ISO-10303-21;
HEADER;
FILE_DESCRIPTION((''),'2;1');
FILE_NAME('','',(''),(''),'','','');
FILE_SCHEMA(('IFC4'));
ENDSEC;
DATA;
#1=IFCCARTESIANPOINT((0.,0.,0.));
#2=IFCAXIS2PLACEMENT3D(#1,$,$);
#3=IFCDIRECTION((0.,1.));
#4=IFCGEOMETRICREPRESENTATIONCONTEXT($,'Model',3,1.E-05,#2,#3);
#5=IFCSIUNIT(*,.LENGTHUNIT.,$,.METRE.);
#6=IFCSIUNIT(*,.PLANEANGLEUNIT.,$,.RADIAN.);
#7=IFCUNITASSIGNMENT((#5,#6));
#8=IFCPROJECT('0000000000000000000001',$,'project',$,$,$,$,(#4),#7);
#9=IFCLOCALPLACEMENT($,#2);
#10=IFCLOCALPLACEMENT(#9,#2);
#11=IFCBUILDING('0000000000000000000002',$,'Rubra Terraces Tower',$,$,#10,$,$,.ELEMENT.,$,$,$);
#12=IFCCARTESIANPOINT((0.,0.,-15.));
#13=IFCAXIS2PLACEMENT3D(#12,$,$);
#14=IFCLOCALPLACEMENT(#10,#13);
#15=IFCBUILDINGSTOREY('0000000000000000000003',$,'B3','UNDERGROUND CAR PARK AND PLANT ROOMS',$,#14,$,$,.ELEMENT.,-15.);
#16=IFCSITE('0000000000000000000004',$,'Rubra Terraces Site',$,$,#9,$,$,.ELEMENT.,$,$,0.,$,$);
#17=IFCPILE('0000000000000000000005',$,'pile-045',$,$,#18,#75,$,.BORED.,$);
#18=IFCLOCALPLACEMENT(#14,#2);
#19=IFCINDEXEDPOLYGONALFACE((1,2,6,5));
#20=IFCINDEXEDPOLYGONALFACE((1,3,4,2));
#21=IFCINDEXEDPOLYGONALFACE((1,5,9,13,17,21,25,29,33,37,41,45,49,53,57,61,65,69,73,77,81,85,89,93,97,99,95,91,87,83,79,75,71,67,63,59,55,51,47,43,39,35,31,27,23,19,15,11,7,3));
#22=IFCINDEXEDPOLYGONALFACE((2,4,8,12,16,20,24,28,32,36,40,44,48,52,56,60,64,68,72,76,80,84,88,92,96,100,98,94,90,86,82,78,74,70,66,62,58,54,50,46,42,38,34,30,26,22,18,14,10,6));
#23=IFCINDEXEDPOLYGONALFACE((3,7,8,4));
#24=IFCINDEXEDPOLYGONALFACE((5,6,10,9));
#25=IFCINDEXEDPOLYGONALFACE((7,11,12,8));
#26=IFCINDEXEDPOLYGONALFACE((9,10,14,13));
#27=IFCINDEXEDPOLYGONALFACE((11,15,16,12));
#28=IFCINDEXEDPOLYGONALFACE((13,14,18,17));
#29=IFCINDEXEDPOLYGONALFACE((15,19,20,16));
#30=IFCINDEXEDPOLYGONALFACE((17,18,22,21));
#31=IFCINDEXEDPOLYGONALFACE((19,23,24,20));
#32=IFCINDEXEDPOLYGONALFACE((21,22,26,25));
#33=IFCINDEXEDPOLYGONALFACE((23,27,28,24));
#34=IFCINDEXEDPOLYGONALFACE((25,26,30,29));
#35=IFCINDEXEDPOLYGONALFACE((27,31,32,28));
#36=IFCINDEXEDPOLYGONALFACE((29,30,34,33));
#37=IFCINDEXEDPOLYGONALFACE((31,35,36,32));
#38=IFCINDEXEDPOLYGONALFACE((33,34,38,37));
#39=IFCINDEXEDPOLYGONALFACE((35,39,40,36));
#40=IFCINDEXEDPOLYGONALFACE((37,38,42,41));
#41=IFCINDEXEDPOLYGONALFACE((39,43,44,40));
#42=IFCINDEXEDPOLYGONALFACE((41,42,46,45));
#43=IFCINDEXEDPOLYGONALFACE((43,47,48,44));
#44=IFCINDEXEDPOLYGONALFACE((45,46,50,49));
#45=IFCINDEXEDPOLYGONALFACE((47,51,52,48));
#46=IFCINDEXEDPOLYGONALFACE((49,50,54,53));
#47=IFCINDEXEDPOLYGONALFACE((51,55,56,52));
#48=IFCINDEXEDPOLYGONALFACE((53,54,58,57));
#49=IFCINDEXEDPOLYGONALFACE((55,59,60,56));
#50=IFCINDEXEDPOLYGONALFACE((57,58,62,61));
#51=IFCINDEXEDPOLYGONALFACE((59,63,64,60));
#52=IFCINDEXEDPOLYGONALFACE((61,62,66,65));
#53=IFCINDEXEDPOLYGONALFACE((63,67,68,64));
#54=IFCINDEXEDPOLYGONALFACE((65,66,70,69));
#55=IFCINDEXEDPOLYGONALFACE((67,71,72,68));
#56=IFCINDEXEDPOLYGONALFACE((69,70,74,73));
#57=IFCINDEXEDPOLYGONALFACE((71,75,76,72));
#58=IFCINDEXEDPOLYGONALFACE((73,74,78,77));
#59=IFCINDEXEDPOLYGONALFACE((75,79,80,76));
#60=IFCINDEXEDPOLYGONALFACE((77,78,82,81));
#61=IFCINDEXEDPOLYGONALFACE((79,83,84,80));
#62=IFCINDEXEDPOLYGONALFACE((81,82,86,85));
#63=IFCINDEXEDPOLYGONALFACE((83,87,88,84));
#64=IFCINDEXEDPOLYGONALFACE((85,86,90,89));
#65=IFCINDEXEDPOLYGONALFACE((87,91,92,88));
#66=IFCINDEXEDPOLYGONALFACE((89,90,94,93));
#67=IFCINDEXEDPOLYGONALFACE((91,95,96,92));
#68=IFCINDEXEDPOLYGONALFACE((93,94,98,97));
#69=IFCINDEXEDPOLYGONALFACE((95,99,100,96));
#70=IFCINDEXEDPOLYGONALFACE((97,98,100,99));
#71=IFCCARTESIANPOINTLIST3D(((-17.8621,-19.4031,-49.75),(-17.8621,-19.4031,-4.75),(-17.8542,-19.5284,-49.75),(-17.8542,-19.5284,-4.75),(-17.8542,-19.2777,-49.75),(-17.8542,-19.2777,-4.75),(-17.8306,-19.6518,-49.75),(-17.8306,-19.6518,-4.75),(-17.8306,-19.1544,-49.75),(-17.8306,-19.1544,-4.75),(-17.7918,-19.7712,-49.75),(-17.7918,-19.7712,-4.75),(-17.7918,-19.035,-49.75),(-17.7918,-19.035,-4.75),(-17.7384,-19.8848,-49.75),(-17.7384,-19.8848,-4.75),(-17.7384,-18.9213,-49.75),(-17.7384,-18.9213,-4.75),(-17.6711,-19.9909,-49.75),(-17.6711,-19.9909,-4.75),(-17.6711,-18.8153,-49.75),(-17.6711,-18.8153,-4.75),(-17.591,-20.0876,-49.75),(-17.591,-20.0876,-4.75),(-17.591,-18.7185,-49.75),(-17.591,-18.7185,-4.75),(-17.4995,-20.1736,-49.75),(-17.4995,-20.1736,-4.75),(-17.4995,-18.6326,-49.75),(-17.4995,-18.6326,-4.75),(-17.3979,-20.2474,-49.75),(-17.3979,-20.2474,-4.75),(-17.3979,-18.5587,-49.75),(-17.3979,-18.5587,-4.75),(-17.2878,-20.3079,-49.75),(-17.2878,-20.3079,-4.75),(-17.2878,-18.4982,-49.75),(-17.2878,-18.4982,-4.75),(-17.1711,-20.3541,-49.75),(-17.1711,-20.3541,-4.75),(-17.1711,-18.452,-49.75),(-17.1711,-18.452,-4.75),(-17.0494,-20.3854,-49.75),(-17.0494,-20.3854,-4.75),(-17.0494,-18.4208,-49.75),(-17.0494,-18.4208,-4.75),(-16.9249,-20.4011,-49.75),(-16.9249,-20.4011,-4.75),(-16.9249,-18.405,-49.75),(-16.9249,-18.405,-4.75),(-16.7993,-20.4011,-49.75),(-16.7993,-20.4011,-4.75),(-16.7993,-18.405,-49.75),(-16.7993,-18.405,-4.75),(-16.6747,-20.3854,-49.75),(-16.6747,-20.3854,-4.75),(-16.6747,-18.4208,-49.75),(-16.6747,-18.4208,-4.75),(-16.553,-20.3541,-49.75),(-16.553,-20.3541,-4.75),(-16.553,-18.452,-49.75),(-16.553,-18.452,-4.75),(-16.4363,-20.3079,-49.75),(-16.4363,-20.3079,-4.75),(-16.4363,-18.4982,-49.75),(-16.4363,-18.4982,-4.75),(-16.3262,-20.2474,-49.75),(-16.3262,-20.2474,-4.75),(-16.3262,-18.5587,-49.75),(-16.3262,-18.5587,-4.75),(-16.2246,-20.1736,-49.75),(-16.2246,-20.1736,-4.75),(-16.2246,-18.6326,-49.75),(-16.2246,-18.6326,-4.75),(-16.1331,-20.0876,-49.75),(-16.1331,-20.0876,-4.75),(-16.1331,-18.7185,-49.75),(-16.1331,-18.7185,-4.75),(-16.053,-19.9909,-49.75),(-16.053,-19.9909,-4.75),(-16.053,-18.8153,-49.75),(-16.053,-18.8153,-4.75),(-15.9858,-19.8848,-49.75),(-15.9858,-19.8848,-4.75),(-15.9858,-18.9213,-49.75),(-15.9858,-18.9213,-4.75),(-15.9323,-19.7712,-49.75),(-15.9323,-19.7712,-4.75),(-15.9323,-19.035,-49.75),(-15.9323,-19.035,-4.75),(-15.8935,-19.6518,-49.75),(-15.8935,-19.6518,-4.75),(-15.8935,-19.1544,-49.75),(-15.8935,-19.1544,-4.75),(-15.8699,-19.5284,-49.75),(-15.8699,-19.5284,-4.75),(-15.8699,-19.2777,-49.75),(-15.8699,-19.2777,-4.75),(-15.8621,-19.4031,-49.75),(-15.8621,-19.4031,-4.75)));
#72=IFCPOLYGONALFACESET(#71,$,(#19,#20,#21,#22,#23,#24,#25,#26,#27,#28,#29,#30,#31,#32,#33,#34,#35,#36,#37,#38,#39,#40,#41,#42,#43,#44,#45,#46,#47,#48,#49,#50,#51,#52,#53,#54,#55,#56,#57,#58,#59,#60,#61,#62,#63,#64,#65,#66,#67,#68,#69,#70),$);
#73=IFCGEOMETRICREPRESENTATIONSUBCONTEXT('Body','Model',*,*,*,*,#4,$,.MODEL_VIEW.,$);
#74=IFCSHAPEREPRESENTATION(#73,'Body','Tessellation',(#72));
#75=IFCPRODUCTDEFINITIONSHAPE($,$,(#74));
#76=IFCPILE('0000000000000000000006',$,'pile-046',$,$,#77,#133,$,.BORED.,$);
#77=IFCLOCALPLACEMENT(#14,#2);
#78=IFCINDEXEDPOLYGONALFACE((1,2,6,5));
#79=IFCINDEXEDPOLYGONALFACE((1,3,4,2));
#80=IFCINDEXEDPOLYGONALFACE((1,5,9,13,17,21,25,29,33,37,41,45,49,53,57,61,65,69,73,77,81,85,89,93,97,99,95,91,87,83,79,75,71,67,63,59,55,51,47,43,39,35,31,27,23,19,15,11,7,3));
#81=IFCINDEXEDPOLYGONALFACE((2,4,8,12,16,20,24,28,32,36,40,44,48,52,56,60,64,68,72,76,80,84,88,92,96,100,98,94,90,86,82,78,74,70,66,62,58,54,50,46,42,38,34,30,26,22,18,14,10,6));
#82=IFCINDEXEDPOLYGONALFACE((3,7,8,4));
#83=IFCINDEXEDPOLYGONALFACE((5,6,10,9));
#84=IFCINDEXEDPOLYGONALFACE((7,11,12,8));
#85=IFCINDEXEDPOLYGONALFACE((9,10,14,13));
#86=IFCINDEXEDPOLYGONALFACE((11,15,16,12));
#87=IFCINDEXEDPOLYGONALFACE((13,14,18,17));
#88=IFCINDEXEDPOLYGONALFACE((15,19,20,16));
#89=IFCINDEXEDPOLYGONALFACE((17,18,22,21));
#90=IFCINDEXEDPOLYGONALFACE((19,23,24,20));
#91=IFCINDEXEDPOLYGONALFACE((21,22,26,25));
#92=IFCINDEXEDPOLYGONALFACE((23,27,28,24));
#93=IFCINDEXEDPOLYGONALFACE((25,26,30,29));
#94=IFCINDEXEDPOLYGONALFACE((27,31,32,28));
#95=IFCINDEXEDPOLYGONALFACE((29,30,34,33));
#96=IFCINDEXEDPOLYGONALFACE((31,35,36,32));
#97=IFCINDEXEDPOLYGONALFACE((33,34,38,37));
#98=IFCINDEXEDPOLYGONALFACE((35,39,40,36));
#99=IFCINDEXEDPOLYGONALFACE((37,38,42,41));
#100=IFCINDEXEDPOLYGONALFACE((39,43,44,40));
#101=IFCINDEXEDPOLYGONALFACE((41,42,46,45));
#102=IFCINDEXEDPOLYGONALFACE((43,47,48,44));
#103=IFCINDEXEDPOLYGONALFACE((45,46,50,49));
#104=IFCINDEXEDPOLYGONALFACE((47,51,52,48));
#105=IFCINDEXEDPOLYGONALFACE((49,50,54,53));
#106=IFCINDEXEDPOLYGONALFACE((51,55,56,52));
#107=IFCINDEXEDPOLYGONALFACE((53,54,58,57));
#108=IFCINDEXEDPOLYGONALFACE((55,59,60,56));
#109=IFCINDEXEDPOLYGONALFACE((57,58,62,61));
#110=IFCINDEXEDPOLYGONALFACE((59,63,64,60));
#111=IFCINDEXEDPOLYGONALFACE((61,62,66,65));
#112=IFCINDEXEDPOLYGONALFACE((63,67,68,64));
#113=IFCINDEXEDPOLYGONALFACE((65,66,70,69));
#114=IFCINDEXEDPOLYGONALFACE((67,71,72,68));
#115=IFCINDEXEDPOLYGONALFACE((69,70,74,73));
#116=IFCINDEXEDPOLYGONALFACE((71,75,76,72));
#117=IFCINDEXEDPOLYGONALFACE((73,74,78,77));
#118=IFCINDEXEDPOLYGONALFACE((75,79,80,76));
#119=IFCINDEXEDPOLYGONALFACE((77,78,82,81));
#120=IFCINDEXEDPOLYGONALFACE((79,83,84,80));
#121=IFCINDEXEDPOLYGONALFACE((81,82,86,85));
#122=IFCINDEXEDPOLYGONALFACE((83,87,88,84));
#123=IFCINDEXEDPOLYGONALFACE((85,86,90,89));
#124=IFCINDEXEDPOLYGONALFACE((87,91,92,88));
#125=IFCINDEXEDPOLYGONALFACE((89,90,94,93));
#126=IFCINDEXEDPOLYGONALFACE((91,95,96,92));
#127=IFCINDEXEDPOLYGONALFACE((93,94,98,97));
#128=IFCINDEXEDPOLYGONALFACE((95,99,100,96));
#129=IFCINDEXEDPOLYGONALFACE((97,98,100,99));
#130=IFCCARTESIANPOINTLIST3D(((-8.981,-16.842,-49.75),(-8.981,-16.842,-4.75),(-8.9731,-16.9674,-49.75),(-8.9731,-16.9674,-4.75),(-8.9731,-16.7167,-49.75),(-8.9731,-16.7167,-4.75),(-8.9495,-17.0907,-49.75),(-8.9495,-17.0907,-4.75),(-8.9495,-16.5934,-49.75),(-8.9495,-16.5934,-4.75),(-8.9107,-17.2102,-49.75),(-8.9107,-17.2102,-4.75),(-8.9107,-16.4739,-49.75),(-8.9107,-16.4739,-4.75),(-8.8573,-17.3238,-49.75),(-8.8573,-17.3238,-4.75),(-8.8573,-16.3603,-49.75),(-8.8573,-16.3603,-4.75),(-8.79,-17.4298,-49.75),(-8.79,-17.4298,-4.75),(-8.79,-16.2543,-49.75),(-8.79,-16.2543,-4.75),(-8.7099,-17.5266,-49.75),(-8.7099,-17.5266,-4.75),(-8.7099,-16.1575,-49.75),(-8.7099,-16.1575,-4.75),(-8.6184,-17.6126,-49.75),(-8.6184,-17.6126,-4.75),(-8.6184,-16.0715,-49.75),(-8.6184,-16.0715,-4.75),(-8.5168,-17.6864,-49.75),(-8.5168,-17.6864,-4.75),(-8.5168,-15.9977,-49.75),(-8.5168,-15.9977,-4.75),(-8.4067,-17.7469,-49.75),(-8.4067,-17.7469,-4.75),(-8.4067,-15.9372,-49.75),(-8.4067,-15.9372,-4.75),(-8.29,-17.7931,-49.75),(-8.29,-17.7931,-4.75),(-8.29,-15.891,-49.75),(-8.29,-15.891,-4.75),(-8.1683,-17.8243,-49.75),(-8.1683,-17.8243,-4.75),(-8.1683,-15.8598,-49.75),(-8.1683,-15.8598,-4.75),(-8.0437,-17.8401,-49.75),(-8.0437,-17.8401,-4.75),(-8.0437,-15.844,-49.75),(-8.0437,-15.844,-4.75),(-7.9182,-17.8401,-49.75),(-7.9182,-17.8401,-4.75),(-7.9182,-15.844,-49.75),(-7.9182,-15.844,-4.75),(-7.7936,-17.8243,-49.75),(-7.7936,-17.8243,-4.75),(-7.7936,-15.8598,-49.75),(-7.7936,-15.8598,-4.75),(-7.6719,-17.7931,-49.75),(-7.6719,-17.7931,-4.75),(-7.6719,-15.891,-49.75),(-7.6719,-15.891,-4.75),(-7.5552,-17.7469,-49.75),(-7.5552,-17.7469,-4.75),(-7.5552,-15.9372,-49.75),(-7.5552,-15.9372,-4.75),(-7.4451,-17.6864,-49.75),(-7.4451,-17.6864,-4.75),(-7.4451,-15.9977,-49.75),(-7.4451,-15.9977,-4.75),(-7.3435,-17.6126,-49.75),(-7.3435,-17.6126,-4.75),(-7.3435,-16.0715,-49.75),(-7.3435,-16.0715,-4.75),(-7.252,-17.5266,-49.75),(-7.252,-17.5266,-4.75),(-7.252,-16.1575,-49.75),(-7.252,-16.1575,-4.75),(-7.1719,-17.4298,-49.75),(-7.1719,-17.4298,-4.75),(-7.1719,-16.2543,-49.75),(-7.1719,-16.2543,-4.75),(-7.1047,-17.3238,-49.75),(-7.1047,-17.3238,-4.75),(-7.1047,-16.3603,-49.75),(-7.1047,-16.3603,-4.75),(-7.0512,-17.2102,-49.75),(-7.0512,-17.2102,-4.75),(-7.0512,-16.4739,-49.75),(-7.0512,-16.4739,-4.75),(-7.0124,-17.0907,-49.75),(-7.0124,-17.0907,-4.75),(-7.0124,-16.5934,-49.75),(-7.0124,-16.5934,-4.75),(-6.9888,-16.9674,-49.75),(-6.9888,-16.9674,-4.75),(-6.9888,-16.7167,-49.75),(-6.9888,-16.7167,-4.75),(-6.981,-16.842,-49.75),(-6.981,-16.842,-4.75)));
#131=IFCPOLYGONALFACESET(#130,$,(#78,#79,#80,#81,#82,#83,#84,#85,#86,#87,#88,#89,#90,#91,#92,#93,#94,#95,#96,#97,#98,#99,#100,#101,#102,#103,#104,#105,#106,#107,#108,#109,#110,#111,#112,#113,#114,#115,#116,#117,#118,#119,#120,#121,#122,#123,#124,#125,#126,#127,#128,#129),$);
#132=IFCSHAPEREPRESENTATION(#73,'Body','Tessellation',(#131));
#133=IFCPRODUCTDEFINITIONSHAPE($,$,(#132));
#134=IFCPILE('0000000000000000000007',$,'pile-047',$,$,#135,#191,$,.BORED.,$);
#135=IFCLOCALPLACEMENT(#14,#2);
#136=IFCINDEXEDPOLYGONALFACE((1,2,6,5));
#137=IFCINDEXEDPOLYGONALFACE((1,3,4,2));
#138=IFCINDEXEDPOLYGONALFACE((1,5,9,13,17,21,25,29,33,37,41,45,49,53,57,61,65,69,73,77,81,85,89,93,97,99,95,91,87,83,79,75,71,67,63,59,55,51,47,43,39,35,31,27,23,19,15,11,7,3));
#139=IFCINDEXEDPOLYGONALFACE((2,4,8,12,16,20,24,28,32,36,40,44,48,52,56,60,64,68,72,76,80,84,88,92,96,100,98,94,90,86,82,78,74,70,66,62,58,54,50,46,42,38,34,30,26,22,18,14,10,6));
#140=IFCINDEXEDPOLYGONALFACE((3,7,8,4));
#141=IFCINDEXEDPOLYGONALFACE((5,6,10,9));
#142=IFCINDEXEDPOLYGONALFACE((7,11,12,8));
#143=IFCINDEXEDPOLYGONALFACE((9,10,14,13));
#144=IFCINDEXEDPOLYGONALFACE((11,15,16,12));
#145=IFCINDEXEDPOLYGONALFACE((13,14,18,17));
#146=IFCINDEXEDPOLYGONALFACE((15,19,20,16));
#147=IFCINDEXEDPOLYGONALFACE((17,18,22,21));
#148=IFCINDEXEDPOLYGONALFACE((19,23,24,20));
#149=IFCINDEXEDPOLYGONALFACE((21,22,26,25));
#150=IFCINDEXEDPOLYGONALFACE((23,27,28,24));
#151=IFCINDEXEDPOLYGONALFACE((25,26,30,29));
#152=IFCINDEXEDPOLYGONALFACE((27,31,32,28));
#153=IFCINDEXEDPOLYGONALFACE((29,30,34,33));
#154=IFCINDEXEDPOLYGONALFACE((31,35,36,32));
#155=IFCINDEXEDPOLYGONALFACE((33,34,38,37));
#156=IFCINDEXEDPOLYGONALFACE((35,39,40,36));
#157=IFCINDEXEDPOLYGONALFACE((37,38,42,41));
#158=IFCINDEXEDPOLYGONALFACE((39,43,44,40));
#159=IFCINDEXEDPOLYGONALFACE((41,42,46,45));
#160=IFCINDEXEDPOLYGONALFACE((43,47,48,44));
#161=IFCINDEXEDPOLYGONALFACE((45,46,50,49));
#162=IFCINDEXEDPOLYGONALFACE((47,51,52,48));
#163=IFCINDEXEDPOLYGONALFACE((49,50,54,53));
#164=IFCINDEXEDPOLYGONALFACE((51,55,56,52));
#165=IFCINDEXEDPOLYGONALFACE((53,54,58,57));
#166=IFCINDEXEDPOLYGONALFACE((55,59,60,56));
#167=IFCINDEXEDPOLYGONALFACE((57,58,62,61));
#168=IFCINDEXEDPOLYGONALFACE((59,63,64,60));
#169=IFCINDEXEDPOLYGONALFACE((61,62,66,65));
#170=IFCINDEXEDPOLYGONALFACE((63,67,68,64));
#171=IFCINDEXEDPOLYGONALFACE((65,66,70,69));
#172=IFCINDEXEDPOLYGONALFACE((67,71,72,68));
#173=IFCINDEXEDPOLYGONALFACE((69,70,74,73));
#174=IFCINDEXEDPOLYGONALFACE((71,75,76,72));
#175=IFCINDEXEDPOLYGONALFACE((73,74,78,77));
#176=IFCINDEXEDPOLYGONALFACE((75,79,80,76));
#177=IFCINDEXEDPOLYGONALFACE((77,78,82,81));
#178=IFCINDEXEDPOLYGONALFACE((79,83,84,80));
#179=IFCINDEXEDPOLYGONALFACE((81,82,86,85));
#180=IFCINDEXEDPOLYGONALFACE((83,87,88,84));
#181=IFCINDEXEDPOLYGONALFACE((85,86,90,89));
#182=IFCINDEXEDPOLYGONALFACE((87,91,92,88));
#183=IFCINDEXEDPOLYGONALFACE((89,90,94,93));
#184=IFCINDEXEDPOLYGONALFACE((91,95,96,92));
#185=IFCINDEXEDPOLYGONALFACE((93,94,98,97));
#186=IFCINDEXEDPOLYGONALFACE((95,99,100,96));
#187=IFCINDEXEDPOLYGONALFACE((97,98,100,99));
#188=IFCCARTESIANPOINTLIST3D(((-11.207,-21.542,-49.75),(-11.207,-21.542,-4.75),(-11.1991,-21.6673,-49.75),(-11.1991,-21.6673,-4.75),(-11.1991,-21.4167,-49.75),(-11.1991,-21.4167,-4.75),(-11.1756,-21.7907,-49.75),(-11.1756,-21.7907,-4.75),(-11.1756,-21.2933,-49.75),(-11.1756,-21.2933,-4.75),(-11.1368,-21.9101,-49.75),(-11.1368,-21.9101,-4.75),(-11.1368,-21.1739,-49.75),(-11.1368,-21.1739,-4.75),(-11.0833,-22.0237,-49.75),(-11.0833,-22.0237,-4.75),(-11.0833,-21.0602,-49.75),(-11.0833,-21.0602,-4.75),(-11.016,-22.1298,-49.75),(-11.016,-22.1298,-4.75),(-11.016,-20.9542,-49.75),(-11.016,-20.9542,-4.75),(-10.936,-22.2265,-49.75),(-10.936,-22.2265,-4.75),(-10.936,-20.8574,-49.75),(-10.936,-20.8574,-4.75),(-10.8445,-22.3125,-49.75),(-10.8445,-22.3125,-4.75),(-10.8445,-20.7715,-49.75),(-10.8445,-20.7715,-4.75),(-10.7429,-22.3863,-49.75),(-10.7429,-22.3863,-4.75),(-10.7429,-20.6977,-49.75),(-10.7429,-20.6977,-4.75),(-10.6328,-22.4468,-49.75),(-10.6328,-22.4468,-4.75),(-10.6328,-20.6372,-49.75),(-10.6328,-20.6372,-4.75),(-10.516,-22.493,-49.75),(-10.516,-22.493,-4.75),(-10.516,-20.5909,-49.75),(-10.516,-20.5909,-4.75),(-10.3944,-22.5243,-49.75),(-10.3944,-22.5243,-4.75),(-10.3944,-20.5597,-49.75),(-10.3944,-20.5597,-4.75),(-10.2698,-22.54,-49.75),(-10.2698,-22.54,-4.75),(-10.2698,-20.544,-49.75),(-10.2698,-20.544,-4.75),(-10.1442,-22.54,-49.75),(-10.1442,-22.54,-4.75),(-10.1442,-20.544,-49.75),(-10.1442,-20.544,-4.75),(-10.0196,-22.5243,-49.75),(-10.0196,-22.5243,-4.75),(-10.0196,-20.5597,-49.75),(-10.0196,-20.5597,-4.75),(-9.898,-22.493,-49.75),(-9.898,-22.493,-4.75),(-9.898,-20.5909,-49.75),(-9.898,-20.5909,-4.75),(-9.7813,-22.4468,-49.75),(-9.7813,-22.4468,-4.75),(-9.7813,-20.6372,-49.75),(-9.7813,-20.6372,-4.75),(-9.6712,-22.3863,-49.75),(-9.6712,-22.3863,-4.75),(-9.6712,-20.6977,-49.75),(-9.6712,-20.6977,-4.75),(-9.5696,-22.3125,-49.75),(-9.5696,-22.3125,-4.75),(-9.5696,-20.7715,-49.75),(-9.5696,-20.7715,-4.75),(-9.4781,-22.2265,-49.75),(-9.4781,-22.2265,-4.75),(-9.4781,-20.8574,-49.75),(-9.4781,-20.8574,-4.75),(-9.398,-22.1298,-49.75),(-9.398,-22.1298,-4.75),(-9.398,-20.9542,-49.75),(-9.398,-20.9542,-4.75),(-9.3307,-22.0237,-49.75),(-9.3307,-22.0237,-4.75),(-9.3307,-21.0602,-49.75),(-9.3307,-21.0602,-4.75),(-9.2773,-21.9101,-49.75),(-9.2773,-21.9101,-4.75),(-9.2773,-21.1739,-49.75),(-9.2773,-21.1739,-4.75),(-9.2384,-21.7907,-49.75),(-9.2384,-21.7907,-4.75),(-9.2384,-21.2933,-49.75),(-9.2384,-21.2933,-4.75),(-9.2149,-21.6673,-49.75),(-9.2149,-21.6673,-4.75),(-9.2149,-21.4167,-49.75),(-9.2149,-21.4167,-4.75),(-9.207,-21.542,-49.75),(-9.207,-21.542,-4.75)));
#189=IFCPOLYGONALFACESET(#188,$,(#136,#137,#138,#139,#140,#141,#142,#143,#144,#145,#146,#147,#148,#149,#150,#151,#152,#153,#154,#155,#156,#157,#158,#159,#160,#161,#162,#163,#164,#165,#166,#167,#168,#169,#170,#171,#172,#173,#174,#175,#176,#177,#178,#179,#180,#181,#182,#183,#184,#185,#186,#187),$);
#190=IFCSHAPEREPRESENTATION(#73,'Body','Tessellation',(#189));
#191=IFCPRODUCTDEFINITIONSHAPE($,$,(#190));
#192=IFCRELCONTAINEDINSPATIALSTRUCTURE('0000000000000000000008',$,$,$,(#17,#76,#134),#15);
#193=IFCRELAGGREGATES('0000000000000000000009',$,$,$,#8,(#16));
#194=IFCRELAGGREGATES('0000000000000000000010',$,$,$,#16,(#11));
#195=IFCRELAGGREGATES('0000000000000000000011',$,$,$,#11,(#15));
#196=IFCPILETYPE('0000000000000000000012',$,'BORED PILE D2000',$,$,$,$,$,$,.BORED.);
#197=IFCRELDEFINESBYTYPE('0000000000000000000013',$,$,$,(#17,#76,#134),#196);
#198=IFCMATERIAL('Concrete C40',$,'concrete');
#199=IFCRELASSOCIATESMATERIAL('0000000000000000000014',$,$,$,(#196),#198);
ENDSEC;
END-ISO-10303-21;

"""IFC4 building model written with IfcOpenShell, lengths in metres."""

from ifc_helpers import new_model, si_unit, direction, frame, origin, origin_2d, place, context, subcontext, project, spatial, circle, extrude, material, material_profile, profile_set, type_object, element, save


model = new_model("IFC4")

# Units and contexts
model_context = context("Model", 3, precision=1e-05, world=origin(), true_north=direction((0.0, 1.0)))
body_context = subcontext(model_context, "Body", "Model", "MODEL_VIEW")
ifc_project = project(units=[si_unit("LENGTHUNIT", "METRE"), si_unit("PLANEANGLEUNIT", "RADIAN")], contexts=[model_context])

# Site, building, storey
site_placement = place(None, origin())
site = spatial("IfcSite", under=ifc_project, at=site_placement, Name="Rubra Terraces Site", CompositionType="ELEMENT", RefElevation=0.0)
building_placement = place(site_placement, origin())
building = spatial("IfcBuilding", under=site, at=building_placement, Name="Rubra Terraces Tower", CompositionType="ELEMENT")
storey_placement = place(building_placement, frame((0.0, 0.0, -15.0)))
storey = spatial("IfcBuildingStorey", under=building, at=storey_placement, Name="B3", Description="UNDERGROUND CAR PARK AND PLANT ROOMS", CompositionType="ELEMENT", Elevation=-15.0)

# Piles
ifc_material_1 = material(Name="Concrete C40", Category="concrete")
ifc_material_profile_1 = material_profile(ifc_material_1, circle(Radius=1.0, at=origin_2d()), Name="BORED PILE D2000")
ifc_profile_set_1 = profile_set([ifc_material_profile_1], Name="Concrete C40")
pile_type = type_object("IfcPileType", Name="BORED PILE D2000", PredefinedType="BORED", material=ifc_profile_set_1)
for number, where, z_axis, x_axis, name in (
    (1, (-16.8621, -19.4031, -4.75), (0.0, 0.0, -1.0), (1.0, 0.0, 0.0), "pile-045"),
    (2, (-7.981, -16.842, -4.75), (0.0, 0.0, -1.0), (1.0, 0.0, 0.0), "pile-046"),
    (3, (-10.207, -21.542, -4.75), (0.0, 0.0, -1.0), (1.0, 0.0, 0.0), "pile-047"),
):
    element("IfcPile", number, at=place(storey_placement, frame(where, z_axis=z_axis, x_axis=x_axis)), inside=storey, type_object=pile_type, Name=name, PredefinedType="BORED", context=body_context, shape_type="SweptSolid", body=[
        extrude(circle(Radius=1.0, at=origin_2d()), origin(), (0.0, 0.0, 1.0), 45.0),
    ])

save(model, "model.ifc")
